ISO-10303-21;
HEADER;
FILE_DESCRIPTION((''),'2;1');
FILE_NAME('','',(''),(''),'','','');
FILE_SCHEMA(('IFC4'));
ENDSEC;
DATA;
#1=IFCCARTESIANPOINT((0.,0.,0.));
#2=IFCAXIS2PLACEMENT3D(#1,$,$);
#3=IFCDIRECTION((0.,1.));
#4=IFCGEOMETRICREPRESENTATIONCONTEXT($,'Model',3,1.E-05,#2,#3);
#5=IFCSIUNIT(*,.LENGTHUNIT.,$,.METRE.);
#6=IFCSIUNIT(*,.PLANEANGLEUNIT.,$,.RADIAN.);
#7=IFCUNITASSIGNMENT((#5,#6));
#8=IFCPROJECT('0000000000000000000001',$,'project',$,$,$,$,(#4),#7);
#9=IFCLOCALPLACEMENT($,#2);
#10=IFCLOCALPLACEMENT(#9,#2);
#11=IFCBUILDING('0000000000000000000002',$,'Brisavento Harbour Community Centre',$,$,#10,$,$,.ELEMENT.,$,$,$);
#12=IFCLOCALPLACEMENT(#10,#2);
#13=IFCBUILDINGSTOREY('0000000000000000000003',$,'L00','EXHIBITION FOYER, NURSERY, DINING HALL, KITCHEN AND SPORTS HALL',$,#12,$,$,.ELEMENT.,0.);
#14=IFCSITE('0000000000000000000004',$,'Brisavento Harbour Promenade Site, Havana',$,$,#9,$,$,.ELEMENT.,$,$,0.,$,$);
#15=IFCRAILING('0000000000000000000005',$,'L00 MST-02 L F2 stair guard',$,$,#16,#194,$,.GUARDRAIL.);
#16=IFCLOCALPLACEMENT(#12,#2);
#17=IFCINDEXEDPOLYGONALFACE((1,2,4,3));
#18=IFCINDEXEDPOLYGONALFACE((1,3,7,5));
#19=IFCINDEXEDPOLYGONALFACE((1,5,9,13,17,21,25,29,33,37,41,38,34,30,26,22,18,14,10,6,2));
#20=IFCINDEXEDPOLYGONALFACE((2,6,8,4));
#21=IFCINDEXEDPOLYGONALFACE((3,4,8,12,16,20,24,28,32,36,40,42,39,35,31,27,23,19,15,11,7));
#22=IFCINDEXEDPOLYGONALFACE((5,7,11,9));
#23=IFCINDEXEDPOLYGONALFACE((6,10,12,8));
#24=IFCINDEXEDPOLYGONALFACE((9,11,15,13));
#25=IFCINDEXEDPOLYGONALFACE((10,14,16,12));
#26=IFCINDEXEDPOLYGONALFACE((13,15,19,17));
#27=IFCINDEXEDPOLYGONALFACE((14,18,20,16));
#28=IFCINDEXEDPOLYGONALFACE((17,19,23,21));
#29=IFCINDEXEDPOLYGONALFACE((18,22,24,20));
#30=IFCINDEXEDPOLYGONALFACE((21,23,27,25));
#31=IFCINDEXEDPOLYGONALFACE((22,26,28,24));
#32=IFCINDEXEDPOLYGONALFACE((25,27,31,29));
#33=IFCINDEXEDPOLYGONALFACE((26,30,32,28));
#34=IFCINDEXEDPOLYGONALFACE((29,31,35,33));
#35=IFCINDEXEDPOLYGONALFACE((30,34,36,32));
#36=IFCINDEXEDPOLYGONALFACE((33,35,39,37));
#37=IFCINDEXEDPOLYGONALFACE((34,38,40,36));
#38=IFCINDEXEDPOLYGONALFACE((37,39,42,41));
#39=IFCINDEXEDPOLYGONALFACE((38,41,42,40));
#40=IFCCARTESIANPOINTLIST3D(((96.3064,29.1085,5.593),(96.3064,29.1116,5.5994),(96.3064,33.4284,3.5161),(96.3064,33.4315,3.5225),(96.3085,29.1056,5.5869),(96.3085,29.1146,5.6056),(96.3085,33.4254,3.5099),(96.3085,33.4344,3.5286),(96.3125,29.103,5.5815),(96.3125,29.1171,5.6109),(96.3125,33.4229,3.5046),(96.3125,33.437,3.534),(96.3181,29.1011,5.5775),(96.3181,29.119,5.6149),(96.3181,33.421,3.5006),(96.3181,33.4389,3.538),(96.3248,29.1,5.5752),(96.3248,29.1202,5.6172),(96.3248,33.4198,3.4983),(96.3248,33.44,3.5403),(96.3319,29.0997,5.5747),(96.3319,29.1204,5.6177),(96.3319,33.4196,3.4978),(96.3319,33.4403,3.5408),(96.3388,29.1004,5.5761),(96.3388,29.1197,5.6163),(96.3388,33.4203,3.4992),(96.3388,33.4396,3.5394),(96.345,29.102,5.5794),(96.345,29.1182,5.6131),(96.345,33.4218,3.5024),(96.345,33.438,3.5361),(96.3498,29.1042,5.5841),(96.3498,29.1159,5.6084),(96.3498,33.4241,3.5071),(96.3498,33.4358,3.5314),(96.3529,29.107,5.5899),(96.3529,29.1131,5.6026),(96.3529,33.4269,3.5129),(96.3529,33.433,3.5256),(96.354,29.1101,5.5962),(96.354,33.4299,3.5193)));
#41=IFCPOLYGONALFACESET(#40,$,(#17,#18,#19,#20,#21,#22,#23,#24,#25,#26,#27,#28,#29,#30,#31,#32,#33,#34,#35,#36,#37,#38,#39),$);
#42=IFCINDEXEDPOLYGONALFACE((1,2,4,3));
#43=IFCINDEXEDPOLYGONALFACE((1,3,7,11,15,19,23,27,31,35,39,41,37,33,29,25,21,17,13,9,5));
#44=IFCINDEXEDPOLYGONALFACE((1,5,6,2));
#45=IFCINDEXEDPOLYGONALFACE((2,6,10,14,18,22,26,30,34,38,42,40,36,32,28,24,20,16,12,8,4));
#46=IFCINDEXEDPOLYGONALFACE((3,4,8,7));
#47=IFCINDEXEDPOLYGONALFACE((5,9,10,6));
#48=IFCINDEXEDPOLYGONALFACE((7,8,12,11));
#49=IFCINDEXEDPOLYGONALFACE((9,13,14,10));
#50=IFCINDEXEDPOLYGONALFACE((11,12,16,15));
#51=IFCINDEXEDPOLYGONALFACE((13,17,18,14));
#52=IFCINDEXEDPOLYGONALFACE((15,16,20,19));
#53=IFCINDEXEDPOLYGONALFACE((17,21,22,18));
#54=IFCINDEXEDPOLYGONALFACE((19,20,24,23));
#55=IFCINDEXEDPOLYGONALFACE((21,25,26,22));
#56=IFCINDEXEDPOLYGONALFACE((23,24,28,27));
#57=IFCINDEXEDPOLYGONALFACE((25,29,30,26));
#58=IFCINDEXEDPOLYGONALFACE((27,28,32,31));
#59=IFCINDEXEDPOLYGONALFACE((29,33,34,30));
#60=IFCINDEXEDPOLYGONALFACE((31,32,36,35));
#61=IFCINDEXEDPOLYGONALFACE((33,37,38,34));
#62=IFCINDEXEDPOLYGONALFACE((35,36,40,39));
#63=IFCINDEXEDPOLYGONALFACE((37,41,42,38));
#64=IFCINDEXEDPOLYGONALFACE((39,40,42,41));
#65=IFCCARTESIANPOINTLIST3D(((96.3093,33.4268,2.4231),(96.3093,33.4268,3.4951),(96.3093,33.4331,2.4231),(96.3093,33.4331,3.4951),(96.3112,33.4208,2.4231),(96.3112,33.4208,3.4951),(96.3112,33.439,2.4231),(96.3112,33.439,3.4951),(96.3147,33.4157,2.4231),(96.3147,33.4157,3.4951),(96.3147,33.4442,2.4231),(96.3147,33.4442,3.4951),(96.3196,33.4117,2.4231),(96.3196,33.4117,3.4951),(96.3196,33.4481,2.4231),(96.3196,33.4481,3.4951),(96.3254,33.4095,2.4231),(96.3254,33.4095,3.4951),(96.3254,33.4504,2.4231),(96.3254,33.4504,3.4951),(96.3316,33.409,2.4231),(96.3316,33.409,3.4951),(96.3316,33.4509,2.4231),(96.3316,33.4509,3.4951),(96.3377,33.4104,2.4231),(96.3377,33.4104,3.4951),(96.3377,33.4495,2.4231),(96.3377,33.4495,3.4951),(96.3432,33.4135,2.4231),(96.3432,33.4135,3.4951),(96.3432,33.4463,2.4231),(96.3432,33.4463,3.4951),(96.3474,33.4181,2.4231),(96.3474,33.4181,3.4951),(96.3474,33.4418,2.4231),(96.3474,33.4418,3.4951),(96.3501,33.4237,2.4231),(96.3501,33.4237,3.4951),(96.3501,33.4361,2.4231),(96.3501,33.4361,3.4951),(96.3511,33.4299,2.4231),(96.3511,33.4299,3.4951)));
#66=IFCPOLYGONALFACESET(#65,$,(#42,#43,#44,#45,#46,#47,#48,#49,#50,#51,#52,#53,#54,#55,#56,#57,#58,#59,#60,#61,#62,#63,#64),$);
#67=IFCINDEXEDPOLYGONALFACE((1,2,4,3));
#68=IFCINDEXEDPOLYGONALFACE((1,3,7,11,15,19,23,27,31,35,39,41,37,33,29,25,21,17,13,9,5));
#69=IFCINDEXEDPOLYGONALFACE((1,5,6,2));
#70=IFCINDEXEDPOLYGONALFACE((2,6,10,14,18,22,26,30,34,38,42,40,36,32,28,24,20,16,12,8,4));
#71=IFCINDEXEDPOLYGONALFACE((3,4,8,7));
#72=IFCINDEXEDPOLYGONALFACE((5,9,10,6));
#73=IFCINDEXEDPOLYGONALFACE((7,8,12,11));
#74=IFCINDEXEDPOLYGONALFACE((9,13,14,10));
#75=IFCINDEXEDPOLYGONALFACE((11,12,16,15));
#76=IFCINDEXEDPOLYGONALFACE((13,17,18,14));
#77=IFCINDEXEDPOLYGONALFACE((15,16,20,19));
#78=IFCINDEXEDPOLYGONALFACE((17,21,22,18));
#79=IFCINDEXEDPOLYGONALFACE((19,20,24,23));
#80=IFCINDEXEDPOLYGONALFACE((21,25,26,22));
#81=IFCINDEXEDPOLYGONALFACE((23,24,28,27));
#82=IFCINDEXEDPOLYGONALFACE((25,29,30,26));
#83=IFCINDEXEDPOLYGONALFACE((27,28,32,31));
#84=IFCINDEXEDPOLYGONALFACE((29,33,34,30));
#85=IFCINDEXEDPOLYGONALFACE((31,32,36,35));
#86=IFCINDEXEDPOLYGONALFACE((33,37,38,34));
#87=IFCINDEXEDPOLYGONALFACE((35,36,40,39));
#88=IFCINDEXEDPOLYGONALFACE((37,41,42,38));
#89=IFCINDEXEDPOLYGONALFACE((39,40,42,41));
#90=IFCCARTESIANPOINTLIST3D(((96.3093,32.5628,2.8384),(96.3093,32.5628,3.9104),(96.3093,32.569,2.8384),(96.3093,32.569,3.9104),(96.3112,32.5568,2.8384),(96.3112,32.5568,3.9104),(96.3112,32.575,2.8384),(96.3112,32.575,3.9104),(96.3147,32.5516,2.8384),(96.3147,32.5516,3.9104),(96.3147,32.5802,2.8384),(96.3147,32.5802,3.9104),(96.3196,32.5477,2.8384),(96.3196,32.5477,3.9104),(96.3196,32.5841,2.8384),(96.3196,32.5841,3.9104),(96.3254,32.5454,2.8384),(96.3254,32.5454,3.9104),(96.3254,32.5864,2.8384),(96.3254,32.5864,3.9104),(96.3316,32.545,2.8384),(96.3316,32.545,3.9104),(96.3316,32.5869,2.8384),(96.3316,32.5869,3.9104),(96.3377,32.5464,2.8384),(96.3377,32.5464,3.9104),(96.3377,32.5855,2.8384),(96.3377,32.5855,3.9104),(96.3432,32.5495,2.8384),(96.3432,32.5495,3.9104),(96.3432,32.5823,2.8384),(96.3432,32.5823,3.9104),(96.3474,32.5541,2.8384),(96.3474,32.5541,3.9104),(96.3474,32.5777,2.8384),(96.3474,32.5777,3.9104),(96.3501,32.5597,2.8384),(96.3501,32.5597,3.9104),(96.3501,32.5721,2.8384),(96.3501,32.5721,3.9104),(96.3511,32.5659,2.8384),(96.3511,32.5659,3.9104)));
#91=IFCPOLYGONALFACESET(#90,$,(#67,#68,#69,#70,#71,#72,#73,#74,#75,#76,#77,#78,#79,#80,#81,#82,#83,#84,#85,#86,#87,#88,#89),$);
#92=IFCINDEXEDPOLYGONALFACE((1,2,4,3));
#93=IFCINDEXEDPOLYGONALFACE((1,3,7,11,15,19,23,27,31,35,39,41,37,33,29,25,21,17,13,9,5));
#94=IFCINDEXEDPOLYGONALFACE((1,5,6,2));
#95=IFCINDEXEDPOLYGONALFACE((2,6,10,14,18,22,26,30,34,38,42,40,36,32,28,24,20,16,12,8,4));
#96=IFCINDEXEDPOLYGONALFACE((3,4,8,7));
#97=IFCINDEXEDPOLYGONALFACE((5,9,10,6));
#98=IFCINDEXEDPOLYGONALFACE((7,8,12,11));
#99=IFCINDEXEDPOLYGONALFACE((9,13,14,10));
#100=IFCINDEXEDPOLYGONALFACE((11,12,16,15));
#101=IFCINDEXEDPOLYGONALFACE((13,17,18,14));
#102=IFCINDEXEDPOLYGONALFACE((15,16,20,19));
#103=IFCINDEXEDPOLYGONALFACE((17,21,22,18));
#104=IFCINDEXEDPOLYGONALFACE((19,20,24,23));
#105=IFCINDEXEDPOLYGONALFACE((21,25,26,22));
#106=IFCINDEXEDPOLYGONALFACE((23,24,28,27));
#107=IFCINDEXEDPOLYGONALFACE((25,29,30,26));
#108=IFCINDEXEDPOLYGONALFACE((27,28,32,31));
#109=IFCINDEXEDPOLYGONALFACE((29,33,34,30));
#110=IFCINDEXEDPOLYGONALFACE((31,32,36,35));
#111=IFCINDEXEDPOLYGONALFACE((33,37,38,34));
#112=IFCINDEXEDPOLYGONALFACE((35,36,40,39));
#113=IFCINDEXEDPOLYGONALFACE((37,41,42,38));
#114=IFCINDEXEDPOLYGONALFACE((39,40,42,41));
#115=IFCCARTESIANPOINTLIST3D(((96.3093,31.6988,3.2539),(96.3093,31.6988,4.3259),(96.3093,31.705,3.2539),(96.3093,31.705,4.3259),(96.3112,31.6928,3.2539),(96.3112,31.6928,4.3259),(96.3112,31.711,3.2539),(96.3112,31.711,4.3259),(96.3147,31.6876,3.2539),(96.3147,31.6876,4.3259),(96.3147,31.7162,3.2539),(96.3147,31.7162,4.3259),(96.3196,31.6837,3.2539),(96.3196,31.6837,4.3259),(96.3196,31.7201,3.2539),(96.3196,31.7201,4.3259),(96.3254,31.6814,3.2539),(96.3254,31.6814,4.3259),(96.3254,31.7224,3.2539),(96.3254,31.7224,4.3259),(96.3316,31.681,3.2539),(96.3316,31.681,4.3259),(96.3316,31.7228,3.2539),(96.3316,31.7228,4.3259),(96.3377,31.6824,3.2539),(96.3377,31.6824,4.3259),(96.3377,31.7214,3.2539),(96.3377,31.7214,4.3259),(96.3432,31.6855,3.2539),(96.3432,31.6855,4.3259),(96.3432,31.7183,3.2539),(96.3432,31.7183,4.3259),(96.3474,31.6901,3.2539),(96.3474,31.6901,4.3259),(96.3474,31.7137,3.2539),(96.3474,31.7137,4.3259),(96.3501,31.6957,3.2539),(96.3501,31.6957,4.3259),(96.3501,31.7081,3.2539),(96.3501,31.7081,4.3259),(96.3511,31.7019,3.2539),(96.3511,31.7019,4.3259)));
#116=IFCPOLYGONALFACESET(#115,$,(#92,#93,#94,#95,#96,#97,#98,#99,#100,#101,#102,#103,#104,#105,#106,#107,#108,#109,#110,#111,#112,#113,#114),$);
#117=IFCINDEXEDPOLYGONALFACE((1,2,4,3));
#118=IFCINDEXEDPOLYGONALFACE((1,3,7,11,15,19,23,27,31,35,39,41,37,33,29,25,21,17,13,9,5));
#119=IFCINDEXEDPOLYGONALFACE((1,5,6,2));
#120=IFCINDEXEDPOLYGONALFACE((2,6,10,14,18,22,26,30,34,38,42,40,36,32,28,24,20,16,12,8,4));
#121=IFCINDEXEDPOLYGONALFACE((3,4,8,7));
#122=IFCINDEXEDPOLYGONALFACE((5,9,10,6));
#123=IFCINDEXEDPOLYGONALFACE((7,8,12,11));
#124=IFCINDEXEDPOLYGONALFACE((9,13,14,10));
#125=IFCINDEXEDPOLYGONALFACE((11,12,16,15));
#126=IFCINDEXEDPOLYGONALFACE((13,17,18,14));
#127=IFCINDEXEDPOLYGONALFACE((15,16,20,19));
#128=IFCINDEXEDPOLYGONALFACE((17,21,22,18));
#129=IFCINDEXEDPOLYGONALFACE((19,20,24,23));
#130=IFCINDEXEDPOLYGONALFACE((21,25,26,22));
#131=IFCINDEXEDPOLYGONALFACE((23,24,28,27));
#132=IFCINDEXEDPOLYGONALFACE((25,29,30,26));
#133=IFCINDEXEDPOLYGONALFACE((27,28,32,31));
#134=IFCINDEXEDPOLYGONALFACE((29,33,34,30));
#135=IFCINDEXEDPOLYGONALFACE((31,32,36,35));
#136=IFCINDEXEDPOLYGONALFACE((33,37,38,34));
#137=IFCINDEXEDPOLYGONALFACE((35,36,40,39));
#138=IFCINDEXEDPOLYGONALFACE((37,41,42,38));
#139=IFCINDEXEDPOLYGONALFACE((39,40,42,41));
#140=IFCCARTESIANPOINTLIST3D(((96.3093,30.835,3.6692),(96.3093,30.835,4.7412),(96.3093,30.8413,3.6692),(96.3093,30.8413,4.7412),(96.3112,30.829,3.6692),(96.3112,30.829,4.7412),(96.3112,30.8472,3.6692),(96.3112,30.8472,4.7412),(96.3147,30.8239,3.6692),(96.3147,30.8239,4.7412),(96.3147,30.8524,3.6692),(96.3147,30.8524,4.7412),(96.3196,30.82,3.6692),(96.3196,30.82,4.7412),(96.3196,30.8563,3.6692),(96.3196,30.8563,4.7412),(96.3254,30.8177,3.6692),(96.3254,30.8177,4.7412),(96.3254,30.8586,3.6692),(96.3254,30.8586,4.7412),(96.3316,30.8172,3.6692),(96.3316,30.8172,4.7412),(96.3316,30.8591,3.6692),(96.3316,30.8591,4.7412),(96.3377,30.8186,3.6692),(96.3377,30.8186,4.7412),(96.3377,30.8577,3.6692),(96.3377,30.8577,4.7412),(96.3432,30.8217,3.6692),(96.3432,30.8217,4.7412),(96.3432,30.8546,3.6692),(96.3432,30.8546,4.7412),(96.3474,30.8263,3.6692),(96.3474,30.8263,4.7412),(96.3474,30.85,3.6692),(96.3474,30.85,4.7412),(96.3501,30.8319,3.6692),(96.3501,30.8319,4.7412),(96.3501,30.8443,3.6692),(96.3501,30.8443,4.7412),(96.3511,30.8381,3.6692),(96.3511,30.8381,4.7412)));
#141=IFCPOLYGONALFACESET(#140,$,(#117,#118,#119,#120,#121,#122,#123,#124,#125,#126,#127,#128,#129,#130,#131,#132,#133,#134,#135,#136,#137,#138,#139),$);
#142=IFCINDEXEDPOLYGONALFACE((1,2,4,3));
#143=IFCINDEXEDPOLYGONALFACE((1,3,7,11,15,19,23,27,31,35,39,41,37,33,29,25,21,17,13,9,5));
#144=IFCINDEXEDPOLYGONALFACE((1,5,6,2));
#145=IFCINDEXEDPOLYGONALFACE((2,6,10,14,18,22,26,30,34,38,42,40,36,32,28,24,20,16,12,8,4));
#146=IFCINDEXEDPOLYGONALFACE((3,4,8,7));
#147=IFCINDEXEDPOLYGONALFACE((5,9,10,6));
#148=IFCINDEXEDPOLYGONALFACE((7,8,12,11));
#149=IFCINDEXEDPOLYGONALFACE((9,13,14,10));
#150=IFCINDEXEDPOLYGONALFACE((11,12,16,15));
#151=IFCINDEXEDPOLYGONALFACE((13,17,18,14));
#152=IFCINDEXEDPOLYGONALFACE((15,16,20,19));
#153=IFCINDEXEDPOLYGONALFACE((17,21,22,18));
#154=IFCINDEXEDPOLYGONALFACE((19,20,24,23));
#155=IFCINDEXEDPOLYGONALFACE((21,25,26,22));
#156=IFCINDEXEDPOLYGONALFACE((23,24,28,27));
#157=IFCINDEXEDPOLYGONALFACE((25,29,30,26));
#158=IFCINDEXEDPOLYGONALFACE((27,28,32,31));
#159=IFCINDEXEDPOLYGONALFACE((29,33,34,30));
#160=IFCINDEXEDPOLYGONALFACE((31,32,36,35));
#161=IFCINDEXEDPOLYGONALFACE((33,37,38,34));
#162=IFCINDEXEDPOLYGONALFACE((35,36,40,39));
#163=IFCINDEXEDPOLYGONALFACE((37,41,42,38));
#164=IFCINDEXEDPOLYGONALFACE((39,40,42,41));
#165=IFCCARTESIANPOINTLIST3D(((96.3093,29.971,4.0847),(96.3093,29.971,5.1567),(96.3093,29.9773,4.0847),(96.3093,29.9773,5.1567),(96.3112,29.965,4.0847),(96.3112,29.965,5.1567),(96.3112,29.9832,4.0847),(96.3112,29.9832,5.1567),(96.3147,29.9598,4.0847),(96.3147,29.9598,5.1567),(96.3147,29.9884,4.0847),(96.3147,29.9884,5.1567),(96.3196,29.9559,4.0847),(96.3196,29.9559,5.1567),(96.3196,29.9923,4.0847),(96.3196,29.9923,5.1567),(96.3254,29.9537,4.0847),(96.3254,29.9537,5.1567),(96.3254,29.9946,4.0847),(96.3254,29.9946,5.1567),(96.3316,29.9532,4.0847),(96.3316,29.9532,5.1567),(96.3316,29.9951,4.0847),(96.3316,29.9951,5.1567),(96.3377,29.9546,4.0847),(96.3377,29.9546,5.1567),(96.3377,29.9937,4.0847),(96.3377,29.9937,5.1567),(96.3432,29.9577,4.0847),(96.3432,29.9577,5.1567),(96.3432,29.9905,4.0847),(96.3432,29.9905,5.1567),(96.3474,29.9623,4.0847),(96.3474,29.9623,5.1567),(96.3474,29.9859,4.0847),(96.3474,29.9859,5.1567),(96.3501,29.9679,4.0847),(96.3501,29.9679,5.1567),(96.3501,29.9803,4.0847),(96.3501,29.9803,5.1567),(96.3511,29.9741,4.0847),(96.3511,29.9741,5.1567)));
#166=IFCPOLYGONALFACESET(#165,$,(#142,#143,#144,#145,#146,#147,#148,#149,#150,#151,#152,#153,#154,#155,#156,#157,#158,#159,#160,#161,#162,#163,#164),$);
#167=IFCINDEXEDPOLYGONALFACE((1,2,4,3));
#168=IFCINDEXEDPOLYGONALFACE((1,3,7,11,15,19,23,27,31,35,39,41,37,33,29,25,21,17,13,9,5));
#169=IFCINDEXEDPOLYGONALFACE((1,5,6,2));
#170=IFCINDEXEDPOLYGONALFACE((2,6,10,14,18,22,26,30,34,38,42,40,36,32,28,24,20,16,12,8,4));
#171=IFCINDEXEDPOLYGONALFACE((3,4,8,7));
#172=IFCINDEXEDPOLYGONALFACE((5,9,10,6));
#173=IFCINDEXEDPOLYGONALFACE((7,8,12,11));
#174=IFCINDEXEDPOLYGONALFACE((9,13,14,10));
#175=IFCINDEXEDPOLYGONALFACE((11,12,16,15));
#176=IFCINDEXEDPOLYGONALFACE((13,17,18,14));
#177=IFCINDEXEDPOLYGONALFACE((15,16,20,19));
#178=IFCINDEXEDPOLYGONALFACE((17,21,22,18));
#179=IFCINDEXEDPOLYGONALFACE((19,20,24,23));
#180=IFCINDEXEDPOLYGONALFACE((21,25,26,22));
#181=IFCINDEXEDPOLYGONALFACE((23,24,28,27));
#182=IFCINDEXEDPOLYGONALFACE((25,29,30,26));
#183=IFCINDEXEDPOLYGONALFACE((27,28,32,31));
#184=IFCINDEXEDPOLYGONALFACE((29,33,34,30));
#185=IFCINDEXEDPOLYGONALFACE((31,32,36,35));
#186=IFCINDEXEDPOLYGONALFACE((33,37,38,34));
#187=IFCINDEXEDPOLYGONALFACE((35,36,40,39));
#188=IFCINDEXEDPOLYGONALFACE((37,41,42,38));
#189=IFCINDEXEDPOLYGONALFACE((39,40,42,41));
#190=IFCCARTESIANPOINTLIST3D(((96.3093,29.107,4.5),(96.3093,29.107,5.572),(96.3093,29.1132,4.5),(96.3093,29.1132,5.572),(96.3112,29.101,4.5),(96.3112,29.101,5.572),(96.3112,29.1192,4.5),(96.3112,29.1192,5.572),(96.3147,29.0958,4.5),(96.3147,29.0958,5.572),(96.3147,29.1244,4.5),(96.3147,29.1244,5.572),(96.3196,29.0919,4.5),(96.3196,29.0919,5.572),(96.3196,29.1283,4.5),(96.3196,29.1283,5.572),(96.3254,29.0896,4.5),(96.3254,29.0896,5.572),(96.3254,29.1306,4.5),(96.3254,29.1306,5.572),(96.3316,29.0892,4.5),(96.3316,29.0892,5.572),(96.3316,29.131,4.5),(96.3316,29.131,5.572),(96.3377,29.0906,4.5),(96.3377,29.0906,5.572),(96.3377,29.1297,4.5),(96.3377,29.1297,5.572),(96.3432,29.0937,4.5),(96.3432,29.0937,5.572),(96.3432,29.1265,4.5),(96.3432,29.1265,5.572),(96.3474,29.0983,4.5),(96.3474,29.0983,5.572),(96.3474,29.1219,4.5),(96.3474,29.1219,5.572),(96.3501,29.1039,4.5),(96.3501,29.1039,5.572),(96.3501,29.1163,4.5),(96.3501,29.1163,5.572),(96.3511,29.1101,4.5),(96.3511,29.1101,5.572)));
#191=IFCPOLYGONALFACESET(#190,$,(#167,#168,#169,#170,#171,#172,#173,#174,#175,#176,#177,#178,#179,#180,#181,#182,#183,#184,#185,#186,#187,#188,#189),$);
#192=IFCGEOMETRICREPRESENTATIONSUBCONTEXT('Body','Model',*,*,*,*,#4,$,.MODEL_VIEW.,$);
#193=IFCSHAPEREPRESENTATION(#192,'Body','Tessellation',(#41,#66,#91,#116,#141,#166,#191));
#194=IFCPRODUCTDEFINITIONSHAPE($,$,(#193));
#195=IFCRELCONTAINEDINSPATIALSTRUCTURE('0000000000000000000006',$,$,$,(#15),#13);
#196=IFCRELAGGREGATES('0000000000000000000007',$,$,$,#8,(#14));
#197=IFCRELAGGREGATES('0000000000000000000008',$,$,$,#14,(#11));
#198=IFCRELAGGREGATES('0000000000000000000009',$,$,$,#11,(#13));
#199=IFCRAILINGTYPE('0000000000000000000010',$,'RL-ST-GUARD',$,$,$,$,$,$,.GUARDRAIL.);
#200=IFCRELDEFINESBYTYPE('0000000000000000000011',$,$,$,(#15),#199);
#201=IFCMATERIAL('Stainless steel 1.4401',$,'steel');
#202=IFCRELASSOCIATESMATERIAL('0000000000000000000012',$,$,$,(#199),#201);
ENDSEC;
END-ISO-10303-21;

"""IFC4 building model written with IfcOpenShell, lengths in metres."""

from ifc_helpers import new_model, si_unit, direction, frame, origin, origin_2d, place, context, subcontext, project, spatial, circle, extrude, material, type_object, element, save


model = new_model("IFC4")

# Units and contexts
model_context = context("Model", 3, precision=1e-05, world=origin(), true_north=direction((0.0, 1.0)))
body_context = subcontext(model_context, "Body", "Model", "MODEL_VIEW")
ifc_project = project(units=[si_unit("LENGTHUNIT", "METRE"), si_unit("PLANEANGLEUNIT", "RADIAN")], contexts=[model_context])

# Site, building, storey
site_placement = place(None, origin())
site = spatial("IfcSite", under=ifc_project, at=site_placement, Name="Brisavento Harbour Promenade Site, Havana", CompositionType="ELEMENT", RefElevation=0.0)
building_placement = place(site_placement, origin())
building = spatial("IfcBuilding", under=site, at=building_placement, Name="Brisavento Harbour Community Centre", CompositionType="ELEMENT")
storey_placement = place(building_placement, origin())
storey = spatial("IfcBuildingStorey", under=building, at=storey_placement, Name="L00", Description="EXHIBITION FOYER, NURSERY, DINING HALL, KITCHEN AND SPORTS HALL", CompositionType="ELEMENT", Elevation=0.0)

# Railing
ifc_material_1 = material(Name="Stainless steel 1.4401", Category="steel")
railing_type = type_object("IfcRailingType", Name="RL-ST-GUARD", PredefinedType="GUARDRAIL", material=ifc_material_1)
railing_1_placement = place(storey_placement, frame((96.3301, 33.4299, 2.4231)))
element("IfcRailing", 1, at=railing_1_placement, inside=storey, type_object=railing_type, Name="L00 MST-02 L F2 stair guard", PredefinedType="GUARDRAIL", context=body_context, shape_type="SweptSolid", body=[
    extrude(circle(Radius=0.0239, at=origin_2d()), frame((0.0, 0.0, 1.0962), z_axis=(0.0, -0.901247, 0.433306), x_axis=(1.0, 0.0, 0.0)), (0.0, 0.0, 1.0), 4.7932),
    extrude(circle(Radius=0.021, at=origin_2d()), origin(), (0.0, 0.0, 1.0), 1.072),
    extrude(circle(Radius=0.021, at=origin_2d()), frame((0.0, -0.864, 0.4153)), (0.0, 0.0, 1.0), 1.072),
    extrude(circle(Radius=0.021, at=origin_2d()), frame((0.0, -1.728, 0.8308)), (0.0, 0.0, 1.0), 1.072),
    extrude(circle(Radius=0.021, at=origin_2d()), frame((0.0, -2.5918, 1.2461)), (0.0, 0.0, 1.0), 1.072),
    extrude(circle(Radius=0.021, at=origin_2d()), frame((0.0, -3.4558, 1.6616)), (0.0, 0.0, 1.0), 1.072),
    extrude(circle(Radius=0.021, at=origin_2d()), frame((0.0, -4.3198, 2.0769)), (0.0, 0.0, 1.0), 1.072),
])

save(model, "model.ifc")
